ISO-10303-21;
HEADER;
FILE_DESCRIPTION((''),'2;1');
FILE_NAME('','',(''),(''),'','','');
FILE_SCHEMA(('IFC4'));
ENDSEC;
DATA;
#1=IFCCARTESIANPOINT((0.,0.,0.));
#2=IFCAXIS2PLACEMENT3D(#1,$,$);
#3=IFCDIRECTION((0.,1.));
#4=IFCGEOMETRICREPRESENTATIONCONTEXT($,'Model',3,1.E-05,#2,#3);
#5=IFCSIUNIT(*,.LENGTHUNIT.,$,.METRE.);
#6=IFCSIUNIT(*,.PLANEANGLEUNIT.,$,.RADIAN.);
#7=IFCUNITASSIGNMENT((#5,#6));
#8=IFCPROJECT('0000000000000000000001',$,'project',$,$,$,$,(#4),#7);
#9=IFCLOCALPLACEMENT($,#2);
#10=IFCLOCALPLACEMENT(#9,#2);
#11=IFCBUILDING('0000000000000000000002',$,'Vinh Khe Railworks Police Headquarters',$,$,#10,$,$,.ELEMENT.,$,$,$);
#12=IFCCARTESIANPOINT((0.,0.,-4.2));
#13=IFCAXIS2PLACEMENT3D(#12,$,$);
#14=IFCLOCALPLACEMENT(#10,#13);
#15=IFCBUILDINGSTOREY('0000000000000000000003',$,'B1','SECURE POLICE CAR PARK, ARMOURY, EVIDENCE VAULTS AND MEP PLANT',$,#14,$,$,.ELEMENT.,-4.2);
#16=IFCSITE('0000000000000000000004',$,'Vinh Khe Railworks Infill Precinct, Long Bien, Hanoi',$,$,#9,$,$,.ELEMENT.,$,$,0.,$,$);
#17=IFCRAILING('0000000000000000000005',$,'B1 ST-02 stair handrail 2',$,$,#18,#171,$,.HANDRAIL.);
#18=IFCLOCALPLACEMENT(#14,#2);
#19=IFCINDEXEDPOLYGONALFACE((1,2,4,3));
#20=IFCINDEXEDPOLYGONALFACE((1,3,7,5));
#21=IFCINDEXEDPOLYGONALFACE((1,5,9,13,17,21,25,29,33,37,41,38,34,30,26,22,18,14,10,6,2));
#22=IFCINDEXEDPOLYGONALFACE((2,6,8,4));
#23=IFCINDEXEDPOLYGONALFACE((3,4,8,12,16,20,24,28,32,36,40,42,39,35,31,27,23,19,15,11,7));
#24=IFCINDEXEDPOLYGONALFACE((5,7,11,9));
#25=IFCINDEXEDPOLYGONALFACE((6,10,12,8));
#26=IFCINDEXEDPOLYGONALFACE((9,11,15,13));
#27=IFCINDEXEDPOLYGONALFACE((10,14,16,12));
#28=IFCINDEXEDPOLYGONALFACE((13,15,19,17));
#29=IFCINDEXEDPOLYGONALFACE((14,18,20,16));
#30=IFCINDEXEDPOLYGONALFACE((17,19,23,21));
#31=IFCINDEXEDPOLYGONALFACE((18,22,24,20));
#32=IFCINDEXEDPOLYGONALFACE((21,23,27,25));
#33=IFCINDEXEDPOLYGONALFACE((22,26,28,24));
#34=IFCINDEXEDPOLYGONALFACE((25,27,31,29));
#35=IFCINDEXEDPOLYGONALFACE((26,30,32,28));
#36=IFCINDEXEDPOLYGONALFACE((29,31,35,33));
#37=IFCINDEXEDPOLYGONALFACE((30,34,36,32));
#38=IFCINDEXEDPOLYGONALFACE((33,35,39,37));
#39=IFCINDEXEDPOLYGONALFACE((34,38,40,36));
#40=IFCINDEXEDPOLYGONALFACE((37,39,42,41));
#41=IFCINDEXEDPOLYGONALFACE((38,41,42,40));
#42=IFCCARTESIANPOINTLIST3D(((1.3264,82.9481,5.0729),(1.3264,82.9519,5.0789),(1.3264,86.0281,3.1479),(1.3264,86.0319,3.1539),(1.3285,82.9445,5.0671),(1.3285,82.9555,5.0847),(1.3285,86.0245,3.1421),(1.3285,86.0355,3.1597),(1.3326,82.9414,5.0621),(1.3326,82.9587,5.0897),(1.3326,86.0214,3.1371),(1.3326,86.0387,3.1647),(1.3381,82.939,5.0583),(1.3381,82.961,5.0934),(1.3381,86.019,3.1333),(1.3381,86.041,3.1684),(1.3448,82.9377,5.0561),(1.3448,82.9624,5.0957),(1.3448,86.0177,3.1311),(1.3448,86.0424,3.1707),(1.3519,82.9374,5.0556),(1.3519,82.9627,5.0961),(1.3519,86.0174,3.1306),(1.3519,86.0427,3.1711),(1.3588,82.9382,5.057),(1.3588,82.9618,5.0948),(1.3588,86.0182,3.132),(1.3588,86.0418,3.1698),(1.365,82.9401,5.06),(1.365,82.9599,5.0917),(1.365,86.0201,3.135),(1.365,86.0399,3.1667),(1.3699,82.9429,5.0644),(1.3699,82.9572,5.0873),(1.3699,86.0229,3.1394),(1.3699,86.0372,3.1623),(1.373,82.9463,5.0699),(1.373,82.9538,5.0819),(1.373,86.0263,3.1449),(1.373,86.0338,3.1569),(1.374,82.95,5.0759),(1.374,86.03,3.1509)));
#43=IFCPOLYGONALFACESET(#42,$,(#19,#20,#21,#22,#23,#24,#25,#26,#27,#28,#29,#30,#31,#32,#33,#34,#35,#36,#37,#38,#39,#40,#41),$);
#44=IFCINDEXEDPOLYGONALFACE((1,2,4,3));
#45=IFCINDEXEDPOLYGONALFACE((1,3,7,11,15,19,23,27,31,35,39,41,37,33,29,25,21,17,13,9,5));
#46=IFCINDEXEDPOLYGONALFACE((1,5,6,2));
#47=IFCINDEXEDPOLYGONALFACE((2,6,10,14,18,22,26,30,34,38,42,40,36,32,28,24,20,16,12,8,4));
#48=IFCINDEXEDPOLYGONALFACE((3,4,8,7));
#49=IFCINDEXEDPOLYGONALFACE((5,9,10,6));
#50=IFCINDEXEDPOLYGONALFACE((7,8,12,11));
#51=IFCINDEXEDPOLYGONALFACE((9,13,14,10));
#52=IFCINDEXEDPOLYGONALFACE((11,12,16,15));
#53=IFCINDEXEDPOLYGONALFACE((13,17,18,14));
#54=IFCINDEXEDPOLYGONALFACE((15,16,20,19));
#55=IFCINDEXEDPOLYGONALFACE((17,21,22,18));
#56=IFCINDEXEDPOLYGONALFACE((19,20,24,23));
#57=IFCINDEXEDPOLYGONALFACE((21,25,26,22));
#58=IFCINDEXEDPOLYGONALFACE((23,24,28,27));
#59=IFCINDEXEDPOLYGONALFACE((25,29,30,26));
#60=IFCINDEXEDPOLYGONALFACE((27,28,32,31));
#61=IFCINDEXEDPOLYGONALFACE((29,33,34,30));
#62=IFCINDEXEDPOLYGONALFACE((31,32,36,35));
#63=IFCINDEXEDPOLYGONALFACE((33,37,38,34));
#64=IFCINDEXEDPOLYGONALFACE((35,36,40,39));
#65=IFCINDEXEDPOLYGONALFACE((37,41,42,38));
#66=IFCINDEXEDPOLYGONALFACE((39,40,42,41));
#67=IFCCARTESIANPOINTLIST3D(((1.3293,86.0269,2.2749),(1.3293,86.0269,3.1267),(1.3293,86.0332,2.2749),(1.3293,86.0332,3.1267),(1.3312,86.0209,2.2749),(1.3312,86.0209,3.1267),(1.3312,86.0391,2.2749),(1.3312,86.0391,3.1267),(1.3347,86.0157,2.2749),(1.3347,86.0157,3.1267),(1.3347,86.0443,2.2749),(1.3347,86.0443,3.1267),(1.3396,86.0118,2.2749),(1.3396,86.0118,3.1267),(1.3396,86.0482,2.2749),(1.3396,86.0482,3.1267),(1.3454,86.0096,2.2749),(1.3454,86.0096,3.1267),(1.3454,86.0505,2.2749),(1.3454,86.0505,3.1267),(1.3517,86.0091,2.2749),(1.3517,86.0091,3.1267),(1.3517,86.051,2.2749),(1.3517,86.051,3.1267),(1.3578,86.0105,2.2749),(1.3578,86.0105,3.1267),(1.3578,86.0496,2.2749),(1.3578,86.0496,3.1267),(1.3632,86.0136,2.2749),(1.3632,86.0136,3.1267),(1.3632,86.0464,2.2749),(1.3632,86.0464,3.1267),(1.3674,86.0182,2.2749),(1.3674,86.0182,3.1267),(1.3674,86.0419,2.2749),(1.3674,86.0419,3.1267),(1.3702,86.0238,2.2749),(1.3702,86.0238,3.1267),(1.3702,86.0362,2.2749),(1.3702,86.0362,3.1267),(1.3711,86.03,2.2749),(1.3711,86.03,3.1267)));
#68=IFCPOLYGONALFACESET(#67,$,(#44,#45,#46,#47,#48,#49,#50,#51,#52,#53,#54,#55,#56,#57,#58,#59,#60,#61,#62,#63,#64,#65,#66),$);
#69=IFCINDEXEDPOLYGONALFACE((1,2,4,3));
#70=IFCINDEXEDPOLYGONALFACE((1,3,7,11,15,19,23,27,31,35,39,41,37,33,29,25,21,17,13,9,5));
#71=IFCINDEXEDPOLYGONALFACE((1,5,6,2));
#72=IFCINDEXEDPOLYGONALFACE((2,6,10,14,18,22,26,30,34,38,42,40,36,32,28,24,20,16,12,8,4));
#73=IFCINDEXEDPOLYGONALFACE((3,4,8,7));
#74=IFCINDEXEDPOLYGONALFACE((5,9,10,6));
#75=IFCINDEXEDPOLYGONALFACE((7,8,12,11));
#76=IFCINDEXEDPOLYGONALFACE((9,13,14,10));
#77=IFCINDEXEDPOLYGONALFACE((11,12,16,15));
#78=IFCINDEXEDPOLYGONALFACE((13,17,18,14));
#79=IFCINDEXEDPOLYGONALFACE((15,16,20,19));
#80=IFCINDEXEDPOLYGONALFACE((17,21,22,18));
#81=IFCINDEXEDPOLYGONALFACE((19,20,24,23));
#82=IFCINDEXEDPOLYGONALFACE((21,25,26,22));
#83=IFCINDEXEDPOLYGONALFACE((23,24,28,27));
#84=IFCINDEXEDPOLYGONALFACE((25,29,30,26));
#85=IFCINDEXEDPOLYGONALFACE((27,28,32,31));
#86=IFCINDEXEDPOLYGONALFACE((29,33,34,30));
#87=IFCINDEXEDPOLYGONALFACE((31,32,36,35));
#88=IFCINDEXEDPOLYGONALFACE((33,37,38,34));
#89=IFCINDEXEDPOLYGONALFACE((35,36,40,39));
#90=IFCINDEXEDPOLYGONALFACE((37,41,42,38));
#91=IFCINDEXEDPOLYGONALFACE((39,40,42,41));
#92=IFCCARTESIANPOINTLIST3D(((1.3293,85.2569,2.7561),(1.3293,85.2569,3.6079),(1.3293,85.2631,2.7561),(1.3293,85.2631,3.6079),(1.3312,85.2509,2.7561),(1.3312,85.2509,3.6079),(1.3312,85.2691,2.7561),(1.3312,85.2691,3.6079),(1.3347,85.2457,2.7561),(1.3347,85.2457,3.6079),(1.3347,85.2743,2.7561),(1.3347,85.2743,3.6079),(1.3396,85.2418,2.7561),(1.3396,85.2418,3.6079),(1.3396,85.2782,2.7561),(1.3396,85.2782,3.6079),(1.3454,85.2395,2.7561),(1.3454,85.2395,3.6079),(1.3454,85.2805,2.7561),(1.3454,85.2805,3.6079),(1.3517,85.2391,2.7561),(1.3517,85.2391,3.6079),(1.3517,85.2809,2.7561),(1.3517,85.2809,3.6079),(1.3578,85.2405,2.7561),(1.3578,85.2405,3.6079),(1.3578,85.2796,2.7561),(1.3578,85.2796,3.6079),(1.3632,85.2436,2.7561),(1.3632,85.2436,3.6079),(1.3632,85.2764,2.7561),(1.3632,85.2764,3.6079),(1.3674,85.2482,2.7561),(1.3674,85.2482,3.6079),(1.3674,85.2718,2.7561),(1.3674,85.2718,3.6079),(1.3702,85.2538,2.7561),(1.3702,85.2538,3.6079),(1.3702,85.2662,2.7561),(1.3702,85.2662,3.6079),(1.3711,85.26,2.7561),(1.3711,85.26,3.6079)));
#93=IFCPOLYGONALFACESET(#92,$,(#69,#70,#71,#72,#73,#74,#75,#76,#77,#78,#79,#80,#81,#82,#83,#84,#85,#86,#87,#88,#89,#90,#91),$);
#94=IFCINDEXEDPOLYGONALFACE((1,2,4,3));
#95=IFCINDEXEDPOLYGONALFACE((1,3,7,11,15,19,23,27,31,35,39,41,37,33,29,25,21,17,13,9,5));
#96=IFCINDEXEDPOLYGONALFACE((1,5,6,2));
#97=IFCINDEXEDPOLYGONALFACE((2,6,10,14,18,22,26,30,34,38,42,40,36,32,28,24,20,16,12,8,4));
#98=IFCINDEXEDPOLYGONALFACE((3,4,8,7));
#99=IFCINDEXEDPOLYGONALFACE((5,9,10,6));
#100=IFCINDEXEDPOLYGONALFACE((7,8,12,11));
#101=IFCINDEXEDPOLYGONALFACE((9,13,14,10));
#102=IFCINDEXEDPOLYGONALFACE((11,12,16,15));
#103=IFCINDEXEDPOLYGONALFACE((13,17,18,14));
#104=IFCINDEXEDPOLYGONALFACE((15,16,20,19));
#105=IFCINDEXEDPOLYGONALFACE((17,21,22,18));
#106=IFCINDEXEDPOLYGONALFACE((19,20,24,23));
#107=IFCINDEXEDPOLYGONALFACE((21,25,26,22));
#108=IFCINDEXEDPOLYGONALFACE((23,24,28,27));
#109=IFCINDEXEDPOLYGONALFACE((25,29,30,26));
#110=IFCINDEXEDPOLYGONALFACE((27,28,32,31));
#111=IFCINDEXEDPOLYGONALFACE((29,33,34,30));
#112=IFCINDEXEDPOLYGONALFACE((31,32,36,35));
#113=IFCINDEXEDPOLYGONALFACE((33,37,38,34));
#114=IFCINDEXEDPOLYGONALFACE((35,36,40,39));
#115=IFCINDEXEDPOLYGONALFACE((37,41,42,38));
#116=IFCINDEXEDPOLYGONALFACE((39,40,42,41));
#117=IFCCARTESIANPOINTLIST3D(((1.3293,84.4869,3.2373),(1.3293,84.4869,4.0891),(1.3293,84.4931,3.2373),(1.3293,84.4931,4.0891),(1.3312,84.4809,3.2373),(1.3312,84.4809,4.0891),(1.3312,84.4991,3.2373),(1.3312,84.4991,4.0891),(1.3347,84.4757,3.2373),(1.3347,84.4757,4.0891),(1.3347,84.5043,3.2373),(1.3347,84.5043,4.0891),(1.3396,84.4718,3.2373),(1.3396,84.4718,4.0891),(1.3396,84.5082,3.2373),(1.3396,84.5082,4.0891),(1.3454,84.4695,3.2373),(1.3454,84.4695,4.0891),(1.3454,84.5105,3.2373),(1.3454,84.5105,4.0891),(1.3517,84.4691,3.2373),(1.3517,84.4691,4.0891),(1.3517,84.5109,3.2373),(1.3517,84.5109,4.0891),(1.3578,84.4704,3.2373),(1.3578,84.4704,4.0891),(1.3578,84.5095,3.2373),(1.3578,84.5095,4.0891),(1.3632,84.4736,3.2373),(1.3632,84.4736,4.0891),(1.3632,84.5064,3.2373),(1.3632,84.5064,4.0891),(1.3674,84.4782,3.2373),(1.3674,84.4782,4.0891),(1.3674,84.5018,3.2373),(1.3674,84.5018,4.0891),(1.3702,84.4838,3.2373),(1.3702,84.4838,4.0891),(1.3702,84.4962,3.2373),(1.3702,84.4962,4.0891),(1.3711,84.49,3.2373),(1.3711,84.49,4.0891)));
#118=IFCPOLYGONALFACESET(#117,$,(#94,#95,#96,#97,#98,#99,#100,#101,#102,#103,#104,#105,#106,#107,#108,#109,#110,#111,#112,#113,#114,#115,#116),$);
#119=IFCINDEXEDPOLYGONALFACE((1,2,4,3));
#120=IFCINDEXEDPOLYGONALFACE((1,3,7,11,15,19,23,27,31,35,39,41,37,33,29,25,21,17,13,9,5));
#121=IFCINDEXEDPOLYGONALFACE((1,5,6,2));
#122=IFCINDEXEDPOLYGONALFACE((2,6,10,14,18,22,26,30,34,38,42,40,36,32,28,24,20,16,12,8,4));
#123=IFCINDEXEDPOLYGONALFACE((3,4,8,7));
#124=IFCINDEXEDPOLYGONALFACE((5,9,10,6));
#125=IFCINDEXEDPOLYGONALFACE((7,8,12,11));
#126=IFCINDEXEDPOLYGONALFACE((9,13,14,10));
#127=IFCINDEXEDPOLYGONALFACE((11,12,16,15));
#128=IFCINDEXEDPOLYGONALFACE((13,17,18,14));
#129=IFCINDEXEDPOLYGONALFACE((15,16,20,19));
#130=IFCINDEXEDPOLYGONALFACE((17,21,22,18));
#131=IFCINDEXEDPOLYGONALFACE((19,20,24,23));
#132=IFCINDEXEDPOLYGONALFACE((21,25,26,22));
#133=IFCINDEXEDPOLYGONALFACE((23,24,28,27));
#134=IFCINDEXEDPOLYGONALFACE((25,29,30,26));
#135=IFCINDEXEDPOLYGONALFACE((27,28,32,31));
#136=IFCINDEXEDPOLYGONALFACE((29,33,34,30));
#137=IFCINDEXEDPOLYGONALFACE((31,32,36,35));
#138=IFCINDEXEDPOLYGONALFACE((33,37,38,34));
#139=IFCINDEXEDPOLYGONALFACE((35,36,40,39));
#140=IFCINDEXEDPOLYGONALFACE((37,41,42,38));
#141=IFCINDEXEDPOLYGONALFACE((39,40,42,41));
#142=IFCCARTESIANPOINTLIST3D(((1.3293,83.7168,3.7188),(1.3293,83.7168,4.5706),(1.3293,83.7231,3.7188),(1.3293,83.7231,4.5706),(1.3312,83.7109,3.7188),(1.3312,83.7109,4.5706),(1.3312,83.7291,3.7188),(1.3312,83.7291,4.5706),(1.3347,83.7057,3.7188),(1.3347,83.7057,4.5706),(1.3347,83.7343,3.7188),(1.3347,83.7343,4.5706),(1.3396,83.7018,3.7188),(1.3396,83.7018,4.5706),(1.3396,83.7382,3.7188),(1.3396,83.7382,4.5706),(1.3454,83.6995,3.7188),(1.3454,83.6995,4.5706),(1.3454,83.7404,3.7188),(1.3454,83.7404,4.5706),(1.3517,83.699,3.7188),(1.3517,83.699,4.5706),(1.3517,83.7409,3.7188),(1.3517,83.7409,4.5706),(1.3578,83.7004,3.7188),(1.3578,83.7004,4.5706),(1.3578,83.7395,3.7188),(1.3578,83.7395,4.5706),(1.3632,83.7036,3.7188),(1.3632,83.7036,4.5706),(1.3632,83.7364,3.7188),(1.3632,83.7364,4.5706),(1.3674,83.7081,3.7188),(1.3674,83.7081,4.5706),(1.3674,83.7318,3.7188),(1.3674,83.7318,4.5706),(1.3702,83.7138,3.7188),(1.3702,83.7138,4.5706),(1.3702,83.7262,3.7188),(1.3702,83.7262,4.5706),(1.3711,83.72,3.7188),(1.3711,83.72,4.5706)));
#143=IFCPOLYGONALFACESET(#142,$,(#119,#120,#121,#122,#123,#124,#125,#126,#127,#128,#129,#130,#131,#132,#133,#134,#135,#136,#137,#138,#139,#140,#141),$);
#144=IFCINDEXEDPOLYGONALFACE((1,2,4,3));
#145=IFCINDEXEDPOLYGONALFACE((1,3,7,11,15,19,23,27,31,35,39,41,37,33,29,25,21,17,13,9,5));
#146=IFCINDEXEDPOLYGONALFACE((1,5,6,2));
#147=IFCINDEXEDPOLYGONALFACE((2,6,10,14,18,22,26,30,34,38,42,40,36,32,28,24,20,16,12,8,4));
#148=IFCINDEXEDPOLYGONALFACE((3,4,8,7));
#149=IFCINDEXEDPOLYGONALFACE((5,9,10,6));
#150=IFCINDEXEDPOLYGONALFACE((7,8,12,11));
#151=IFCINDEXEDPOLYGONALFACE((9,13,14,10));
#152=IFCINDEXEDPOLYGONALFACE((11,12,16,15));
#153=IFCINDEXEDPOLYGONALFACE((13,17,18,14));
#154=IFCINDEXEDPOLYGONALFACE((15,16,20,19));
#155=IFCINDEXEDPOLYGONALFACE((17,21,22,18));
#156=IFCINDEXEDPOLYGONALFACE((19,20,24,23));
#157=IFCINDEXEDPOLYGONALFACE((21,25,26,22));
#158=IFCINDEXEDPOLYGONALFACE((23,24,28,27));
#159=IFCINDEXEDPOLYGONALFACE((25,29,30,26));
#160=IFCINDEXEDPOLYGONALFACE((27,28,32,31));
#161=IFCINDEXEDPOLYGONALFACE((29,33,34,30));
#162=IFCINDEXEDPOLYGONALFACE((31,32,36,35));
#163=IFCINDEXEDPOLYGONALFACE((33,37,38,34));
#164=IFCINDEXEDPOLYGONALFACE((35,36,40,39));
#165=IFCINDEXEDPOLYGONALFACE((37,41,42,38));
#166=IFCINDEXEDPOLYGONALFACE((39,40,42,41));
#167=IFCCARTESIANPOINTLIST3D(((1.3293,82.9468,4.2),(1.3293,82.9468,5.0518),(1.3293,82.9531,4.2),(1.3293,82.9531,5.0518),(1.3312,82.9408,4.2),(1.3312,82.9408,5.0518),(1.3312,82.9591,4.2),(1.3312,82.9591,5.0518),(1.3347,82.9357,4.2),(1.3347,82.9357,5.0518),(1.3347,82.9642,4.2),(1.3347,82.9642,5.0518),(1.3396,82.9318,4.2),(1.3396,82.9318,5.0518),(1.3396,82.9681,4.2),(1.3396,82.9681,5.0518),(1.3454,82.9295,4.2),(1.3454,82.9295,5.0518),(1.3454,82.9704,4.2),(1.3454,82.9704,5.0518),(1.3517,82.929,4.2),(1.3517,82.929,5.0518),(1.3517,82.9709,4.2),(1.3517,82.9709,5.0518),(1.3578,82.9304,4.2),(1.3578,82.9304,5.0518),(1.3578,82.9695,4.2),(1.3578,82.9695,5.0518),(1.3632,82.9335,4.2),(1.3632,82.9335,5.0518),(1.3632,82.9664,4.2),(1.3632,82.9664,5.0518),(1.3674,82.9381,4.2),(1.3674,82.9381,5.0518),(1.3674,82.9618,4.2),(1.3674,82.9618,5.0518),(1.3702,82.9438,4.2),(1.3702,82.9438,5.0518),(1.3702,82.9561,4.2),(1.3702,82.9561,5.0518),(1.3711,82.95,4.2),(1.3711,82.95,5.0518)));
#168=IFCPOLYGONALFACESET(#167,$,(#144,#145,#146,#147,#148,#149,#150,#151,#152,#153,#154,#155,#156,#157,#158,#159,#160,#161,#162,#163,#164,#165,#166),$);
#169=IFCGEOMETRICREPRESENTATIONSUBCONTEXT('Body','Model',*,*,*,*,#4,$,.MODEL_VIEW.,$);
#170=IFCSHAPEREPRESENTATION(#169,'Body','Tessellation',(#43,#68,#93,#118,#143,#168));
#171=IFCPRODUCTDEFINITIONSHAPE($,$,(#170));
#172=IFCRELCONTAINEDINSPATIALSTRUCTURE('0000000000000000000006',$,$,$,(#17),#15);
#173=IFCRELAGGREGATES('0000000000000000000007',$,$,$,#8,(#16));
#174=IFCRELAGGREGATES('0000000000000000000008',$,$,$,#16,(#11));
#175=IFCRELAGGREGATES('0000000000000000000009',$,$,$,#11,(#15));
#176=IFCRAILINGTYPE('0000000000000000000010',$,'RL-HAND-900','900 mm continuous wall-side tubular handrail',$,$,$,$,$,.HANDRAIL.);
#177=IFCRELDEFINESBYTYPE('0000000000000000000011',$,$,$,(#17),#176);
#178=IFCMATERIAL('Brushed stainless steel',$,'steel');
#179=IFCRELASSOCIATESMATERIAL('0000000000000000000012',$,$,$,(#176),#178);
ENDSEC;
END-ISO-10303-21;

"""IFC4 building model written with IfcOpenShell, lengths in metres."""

from ifc_helpers import new_model, si_unit, direction, frame, origin, origin_2d, place, context, subcontext, project, spatial, circle, extrude, material, type_object, element, save


model = new_model("IFC4")

# Units and contexts
model_context = context("Model", 3, precision=1e-05, world=origin(), true_north=direction((0.0, 1.0)))
body_context = subcontext(model_context, "Body", "Model", "MODEL_VIEW")
ifc_project = project(units=[si_unit("LENGTHUNIT", "METRE"), si_unit("PLANEANGLEUNIT", "RADIAN")], contexts=[model_context])

# Site, building, storey
site_placement = place(None, origin())
site = spatial("IfcSite", under=ifc_project, at=site_placement, Name="Vinh Khe Railworks Infill Precinct, Long Bien, Hanoi", CompositionType="ELEMENT", RefElevation=0.0)
building_placement = place(site_placement, origin())
building = spatial("IfcBuilding", under=site, at=building_placement, Name="Vinh Khe Railworks Police Headquarters", CompositionType="ELEMENT")
storey_placement = place(building_placement, frame((0.0, 0.0, -4.2)))
storey = spatial("IfcBuildingStorey", under=building, at=storey_placement, Name="B1", Description="SECURE POLICE CAR PARK, ARMOURY, EVIDENCE VAULTS AND MEP PLANT", CompositionType="ELEMENT", Elevation=-4.2)

# Railing
ifc_material_1 = material(Name="Brushed stainless steel", Category="steel")
railing_type_1 = type_object("IfcRailingType", Name="RL-HAND-900", Description="900 mm continuous wall-side tubular handrail", PredefinedType="HANDRAIL", material=ifc_material_1)
railing_1_placement = place(storey_placement, frame((1.3501, 86.03, 2.2749)))
element("IfcRailing", 1, at=railing_1_placement, inside=storey, type_object=railing_type_1, Name="B1 ST-02 stair handrail 2", PredefinedType="HANDRAIL", context=body_context, shape_type="SweptSolid", body=[
    extrude(circle(Radius=0.0239, at=origin_2d()), frame((0.0, 0.0, 0.876), z_axis=(0.0, -0.847998, 0.529999), x_axis=(1.0, 0.0, 0.0)), (0.0, 0.0, 1.0), 3.6321),
    extrude(circle(Radius=0.021, at=origin_2d()), origin(), (0.0, 0.0, 1.0), 0.8518),
    extrude(circle(Radius=0.021, at=origin_2d()), frame((0.0, -0.77, 0.4812)), (0.0, 0.0, 1.0), 0.8518),
    extrude(circle(Radius=0.021, at=origin_2d()), frame((0.0, -1.54, 0.9624)), (0.0, 0.0, 1.0), 0.8518),
    extrude(circle(Radius=0.021, at=origin_2d()), frame((0.0, -2.3101, 1.4438)), (0.0, 0.0, 1.0), 0.8518),
    extrude(circle(Radius=0.021, at=origin_2d()), frame((0.0, -3.0801, 1.925)), (0.0, 0.0, 1.0), 0.8518),
])

save(model, "model.ifc")
